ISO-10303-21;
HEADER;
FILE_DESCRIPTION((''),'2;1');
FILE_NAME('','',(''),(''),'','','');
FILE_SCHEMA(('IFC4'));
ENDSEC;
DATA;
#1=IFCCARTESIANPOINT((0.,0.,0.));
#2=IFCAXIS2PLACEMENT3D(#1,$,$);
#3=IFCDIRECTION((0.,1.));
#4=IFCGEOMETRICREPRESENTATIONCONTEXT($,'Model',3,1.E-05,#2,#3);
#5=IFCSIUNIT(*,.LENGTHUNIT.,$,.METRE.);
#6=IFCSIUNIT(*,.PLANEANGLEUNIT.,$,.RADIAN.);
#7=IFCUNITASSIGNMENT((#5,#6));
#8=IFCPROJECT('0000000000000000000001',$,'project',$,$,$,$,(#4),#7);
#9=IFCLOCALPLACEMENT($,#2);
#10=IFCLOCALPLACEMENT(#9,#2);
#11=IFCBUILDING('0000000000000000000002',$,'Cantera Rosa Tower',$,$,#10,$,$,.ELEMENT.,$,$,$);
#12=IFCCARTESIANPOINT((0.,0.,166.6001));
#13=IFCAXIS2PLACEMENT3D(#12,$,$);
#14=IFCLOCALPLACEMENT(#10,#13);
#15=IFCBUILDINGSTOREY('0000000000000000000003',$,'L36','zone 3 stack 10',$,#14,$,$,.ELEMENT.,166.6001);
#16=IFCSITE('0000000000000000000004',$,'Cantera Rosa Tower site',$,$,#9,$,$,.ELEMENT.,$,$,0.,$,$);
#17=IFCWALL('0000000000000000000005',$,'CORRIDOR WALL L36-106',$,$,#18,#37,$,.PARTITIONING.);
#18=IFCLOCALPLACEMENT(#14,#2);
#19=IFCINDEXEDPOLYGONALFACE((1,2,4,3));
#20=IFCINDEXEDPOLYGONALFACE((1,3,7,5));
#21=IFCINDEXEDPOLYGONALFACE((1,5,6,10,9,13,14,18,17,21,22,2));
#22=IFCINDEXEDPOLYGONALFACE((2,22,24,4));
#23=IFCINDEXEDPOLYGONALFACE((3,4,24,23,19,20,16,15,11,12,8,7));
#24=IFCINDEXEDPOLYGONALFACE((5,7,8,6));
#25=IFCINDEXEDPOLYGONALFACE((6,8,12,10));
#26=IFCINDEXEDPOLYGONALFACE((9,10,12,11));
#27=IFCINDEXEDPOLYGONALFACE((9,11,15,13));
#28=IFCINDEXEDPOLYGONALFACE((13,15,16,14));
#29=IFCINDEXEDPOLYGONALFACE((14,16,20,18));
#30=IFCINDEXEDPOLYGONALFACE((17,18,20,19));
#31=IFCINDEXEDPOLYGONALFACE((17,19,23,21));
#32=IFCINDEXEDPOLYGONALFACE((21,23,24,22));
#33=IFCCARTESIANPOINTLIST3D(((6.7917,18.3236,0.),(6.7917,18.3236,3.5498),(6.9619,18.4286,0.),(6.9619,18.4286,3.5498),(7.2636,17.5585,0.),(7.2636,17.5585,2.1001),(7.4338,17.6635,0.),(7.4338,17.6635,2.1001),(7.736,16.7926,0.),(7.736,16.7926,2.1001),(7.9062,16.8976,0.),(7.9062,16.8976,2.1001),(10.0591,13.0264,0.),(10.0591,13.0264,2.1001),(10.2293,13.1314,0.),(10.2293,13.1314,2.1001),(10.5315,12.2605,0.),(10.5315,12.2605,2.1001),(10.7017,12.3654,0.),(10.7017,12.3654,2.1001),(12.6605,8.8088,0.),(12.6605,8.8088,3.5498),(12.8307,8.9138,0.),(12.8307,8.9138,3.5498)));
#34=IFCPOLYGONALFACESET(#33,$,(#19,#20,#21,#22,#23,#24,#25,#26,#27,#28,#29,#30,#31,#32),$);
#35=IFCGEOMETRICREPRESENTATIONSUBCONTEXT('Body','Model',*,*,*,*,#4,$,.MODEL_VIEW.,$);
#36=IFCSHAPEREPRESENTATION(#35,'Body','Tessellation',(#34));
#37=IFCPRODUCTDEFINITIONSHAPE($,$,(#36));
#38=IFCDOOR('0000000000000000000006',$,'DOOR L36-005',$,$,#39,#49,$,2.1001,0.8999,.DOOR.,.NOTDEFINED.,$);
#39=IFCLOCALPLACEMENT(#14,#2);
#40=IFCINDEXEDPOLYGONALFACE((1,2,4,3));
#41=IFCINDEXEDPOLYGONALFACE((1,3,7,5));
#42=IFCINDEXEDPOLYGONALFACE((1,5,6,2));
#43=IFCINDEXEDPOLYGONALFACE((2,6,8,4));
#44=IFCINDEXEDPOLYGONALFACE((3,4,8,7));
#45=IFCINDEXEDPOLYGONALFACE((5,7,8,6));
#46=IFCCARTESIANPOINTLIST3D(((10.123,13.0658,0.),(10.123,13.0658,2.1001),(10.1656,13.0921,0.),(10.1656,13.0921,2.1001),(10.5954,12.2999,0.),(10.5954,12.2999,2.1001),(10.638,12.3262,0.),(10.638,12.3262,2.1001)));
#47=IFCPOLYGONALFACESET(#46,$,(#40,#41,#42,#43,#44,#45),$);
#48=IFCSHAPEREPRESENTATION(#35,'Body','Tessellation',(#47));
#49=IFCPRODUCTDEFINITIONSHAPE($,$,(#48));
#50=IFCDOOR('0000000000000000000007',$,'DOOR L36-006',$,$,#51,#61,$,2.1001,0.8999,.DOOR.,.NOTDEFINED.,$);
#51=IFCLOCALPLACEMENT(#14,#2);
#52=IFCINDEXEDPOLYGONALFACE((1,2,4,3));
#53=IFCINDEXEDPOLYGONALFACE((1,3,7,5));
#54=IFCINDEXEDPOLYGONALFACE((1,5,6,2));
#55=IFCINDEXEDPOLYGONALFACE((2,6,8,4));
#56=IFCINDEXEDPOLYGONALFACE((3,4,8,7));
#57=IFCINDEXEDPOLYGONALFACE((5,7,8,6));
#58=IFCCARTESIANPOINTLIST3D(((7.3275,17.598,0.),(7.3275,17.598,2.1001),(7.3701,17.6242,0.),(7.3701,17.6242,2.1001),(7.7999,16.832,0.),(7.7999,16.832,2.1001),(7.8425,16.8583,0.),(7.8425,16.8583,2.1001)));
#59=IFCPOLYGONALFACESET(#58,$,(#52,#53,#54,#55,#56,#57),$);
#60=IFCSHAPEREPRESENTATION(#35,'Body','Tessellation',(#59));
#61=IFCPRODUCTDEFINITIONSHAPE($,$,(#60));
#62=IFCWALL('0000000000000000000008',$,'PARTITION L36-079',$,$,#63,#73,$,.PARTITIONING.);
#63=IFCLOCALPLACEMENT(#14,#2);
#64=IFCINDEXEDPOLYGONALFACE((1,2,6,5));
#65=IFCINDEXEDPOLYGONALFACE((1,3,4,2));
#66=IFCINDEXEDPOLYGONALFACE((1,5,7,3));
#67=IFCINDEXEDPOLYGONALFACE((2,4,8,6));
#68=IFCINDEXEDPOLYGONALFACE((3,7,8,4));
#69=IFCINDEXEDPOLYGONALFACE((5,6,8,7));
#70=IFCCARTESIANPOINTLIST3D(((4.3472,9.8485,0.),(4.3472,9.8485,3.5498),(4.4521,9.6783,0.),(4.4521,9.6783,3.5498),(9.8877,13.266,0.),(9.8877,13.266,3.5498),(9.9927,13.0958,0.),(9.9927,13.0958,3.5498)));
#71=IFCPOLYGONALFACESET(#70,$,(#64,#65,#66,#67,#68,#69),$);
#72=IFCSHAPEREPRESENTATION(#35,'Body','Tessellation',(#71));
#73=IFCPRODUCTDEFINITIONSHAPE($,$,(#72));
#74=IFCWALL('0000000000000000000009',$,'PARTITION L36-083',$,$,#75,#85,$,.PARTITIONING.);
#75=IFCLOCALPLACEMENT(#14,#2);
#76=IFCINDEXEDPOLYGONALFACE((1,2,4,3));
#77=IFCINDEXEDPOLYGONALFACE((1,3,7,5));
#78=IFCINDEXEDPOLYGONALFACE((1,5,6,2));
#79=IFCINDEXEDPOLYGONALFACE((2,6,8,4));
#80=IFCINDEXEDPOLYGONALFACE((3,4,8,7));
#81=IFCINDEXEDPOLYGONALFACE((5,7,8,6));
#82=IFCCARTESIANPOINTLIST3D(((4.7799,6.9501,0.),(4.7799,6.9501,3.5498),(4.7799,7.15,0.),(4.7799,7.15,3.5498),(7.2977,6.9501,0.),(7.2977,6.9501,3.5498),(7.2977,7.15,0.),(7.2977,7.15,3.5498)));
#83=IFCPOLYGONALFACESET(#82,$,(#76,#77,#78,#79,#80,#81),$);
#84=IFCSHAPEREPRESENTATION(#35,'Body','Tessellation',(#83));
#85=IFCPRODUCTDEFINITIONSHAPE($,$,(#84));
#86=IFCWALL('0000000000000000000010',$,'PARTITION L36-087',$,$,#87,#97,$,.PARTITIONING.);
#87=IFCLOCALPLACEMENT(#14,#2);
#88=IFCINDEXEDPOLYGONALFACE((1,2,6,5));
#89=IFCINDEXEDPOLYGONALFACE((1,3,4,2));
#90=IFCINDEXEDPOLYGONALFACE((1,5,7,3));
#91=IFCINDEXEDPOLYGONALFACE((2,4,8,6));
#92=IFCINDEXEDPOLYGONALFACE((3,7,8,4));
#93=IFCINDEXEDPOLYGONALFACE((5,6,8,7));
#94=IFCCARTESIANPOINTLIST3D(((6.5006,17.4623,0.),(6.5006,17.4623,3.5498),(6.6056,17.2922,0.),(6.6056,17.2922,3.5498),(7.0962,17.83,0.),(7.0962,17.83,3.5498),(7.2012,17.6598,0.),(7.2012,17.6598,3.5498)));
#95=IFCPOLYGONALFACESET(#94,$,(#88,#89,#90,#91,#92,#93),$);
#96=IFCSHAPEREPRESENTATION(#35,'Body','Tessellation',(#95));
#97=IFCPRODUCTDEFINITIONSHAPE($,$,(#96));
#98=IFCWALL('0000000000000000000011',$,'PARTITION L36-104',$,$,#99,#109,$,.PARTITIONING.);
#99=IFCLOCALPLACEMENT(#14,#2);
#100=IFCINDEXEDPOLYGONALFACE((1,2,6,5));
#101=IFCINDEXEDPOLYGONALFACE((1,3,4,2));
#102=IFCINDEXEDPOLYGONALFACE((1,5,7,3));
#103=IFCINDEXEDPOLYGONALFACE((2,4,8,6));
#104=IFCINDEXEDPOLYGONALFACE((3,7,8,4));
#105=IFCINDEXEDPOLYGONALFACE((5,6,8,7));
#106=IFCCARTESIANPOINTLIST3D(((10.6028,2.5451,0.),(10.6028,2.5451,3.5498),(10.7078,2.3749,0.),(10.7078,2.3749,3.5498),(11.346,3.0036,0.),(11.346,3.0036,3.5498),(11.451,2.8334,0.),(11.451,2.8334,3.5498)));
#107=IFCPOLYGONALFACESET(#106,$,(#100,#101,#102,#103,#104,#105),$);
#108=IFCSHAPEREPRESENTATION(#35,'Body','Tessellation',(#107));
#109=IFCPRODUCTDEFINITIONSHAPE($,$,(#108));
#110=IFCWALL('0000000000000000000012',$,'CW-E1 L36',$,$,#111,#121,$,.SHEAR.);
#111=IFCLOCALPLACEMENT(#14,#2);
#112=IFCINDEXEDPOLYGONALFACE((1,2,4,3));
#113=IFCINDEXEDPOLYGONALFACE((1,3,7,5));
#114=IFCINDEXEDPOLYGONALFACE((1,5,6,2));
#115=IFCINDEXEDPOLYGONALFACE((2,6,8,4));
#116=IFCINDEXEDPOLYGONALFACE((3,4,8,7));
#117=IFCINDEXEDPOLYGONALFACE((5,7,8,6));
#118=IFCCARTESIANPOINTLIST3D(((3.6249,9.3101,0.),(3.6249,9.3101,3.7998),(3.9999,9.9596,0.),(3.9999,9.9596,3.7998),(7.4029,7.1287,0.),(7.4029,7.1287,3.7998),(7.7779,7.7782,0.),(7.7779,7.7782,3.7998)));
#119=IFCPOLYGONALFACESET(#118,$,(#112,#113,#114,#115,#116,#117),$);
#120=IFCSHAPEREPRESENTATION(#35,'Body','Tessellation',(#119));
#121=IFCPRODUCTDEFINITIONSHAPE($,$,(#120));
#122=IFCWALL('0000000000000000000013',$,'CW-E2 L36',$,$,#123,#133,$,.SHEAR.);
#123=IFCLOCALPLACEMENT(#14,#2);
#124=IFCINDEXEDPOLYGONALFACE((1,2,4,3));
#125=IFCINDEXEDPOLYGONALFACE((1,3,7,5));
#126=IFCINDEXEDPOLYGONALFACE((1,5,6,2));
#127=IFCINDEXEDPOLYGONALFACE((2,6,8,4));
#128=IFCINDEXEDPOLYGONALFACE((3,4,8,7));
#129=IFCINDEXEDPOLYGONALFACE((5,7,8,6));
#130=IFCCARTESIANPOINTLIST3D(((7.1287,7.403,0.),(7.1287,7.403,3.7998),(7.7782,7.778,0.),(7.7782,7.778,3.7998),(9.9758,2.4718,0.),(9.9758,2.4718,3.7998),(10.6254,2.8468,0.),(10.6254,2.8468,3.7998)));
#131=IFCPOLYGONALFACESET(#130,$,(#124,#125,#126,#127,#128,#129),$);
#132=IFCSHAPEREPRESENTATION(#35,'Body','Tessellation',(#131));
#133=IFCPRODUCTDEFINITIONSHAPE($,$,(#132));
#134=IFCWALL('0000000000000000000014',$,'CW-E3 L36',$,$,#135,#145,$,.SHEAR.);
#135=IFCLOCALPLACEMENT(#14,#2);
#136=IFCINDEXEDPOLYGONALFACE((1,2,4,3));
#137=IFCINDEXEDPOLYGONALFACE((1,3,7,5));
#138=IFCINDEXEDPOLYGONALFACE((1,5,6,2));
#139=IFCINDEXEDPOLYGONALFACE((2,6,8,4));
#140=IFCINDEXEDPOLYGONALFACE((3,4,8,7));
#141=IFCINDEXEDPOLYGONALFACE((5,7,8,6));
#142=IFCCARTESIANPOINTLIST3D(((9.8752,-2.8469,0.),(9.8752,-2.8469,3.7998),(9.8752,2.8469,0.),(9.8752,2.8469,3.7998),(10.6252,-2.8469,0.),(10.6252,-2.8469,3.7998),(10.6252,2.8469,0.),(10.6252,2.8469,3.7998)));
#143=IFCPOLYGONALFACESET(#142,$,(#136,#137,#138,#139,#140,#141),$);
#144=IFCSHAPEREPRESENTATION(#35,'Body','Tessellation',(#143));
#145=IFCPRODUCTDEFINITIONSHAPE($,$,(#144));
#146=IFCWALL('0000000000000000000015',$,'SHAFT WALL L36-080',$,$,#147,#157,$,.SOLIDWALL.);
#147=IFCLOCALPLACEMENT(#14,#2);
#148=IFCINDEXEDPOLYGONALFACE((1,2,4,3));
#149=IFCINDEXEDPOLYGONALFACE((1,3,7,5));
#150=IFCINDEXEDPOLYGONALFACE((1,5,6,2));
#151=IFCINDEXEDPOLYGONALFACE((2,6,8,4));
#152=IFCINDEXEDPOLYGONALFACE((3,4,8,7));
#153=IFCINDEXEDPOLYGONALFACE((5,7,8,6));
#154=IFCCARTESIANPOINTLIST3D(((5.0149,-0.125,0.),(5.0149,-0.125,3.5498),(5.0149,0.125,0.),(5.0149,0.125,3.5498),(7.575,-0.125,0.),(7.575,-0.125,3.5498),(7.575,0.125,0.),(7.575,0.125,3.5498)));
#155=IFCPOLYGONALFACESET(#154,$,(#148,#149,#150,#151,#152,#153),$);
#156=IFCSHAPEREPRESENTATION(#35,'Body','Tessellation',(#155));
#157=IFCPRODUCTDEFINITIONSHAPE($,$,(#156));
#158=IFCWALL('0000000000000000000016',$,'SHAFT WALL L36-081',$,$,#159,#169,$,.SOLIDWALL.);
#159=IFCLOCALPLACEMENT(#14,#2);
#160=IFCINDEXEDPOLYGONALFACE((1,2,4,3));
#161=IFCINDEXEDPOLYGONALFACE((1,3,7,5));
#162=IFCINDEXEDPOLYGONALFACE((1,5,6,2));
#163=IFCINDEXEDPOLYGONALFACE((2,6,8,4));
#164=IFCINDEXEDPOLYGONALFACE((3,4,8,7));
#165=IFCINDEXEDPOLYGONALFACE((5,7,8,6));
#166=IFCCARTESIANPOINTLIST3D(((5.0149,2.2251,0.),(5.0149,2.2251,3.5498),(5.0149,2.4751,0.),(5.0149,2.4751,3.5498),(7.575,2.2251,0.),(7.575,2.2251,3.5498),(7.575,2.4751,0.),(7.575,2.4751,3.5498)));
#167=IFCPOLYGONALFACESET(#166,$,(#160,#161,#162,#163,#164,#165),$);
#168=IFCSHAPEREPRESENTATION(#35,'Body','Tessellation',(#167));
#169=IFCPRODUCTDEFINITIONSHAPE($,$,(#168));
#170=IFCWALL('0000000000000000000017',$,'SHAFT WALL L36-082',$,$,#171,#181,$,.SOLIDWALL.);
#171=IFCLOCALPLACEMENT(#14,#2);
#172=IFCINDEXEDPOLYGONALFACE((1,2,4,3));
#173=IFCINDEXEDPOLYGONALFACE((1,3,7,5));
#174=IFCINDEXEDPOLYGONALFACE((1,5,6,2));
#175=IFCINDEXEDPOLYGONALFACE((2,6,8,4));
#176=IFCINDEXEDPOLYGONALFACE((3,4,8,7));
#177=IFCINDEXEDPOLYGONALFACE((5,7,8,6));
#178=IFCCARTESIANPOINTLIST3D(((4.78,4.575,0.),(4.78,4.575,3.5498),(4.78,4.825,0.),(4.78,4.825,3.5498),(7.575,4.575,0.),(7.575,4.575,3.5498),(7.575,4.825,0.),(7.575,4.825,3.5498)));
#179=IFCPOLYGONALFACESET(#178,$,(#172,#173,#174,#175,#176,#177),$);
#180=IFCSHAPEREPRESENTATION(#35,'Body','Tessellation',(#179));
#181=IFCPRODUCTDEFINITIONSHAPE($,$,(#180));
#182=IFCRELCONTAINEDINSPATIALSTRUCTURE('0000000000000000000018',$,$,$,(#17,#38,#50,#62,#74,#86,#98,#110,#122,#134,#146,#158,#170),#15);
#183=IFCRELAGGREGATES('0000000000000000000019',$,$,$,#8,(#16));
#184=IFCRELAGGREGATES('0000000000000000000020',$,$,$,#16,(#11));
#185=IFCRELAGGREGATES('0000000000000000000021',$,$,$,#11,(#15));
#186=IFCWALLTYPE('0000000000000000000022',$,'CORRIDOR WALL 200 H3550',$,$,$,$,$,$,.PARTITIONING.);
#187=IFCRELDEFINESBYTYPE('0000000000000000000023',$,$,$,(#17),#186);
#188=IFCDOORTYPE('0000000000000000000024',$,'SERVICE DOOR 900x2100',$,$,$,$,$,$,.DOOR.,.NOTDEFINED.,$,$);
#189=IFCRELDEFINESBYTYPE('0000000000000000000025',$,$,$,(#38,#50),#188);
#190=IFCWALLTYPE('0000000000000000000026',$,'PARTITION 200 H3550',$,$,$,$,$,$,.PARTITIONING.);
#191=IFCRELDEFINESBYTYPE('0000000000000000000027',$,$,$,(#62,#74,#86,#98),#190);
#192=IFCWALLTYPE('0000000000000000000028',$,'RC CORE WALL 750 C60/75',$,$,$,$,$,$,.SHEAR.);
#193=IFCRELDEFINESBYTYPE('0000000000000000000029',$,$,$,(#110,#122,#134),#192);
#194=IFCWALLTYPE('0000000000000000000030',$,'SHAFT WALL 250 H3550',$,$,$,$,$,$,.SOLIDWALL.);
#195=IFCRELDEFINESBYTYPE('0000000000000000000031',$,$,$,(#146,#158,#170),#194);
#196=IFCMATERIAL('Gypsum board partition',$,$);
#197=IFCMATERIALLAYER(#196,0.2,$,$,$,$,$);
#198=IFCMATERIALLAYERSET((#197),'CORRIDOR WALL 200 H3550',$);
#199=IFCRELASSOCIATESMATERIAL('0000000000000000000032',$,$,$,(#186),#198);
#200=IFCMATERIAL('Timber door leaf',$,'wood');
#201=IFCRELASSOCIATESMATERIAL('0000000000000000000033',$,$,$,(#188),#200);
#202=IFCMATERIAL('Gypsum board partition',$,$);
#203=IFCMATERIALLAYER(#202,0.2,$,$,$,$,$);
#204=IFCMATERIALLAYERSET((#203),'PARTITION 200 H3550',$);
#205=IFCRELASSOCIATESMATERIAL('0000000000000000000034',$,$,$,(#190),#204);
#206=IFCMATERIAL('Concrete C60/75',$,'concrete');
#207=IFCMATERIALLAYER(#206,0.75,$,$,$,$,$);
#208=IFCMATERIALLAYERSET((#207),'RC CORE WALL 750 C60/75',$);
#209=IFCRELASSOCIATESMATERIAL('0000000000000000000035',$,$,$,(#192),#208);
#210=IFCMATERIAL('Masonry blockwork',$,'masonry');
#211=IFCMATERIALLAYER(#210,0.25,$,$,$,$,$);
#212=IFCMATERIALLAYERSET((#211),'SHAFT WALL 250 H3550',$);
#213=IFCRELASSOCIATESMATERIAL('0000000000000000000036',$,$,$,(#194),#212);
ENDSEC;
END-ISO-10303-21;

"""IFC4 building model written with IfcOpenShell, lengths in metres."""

from ifc_helpers import new_model, si_unit, direction, frame, frame_2d, origin, place, context, subcontext, project, spatial, rectangle, extrude, material, layer, layer_set, type_object, element, fill, save


model = new_model("IFC4")

# Units and contexts
model_context = context("Model", 3, precision=1e-05, world=origin(), true_north=direction((0.0, 1.0)))
body_context = subcontext(model_context, "Body", "Model", "MODEL_VIEW")
ifc_project = project(units=[si_unit("LENGTHUNIT", "METRE"), si_unit("PLANEANGLEUNIT", "RADIAN")], contexts=[model_context])

# Site, building, storey
site_placement = place(None, origin())
site = spatial("IfcSite", under=ifc_project, at=site_placement, Name="Cantera Rosa Tower site", CompositionType="ELEMENT", RefElevation=0.0)
building_placement = place(site_placement, origin())
building = spatial("IfcBuilding", under=site, at=building_placement, Name="Cantera Rosa Tower", CompositionType="ELEMENT")
storey_placement = place(building_placement, frame((0.0, 0.0, 166.6001)))
storey = spatial("IfcBuildingStorey", under=building, at=storey_placement, Name="L36", Description="zone 3 stack 10", CompositionType="ELEMENT", Elevation=166.6001)

# Shared definitions
ifc_material_1 = material(Name="Gypsum board partition")
ifc_layer_1 = layer(ifc_material_1, 0.2)
ifc_layer_set_1 = layer_set([ifc_layer_1], Name="CORRIDOR WALL 200 H3550")
wall_type_1 = type_object("IfcWallType", Name="CORRIDOR WALL 200 H3550", PredefinedType="PARTITIONING", material=ifc_layer_set_1)

# Wall, openings, doors
wall_1_placement = place(storey_placement, frame((12.7456, 8.8613, 0.0), z_axis=(0.0, 0.0, 1.0), x_axis=(-0.524978, 0.851116, 0.0)))
wall_1 = element("IfcWall", 1, at=wall_1_placement, inside=storey, type_object=wall_type_1, Name="CORRIDOR WALL L36-106", PredefinedType="PARTITIONING", context=body_context, shape_type="SweptSolid", body=[
    extrude(rectangle(XDim=11.1792, YDim=0.2, at=frame_2d((5.5896, 0.0))), origin(), (0.0, 0.0, 1.0), 3.5498),
])
opening_1_placement = place(wall_1_placement, frame((4.0554, 0.0, 0.0)))
opening_1 = element("IfcOpeningElement", 2, at=opening_1_placement, cuts=wall_1, PredefinedType="OPENING", context=body_context, shape_type="SweptSolid", body=[
    extrude(rectangle(XDim=0.8999, YDim=2.1001, at=frame_2d((0.45, 1.05))), frame((0.0, 0.1099, 0.0), z_axis=(0.0, -1.0, 0.0), x_axis=(1.0, 0.0, 0.0)), (0.0, 0.0, 1.0), 0.22),
])
opening_2_placement = place(wall_1_placement, frame((9.3804, 0.0, 0.0)))
opening_2 = element("IfcOpeningElement", 3, at=opening_2_placement, cuts=wall_1, PredefinedType="OPENING", context=body_context, shape_type="SweptSolid", body=[
    extrude(rectangle(XDim=0.8999, YDim=2.1001, at=frame_2d((0.45, 1.05))), frame((0.0, 0.1099, 0.0), z_axis=(0.0, -1.0, 0.0), x_axis=(1.0, 0.0, 0.0)), (0.0, 0.0, 1.0), 0.22),
])
ifc_material_2 = material(Name="Timber door leaf", Category="wood")
door_type_1 = type_object("IfcDoorType", Name="SERVICE DOOR 900x2100", OperationType="NOTDEFINED", PredefinedType="DOOR", material=ifc_material_2)
door_1_placement = place(opening_1_placement, origin())
door_1 = element("IfcDoor", 4, at=door_1_placement, inside=storey, type_object=door_type_1, Name="DOOR L36-005", OperationType="NOTDEFINED", OverallHeight=2.1001, OverallWidth=0.8999, PredefinedType="DOOR", context=body_context, shape_type="SweptSolid", body=[
    extrude(rectangle(XDim=0.8999, YDim=2.1001, at=frame_2d((0.45, 1.05))), frame((0.0, 0.0249, 0.0), z_axis=(0.0, -1.0, 0.0), x_axis=(1.0, 0.0, 0.0)), (0.0, 0.0, 1.0), 0.05),
])
fill(opening_1, door_1)
door_2_placement = place(opening_2_placement, origin())
door_2 = element("IfcDoor", 5, at=door_2_placement, inside=storey, type_object=door_type_1, Name="DOOR L36-006", OperationType="NOTDEFINED", OverallHeight=2.1001, OverallWidth=0.8999, PredefinedType="DOOR", context=body_context, shape_type="SweptSolid", body=[
    extrude(rectangle(XDim=0.8999, YDim=2.1001, at=frame_2d((0.45, 1.05))), frame((0.0, 0.0249, 0.0), z_axis=(0.0, -1.0, 0.0), x_axis=(1.0, 0.0, 0.0)), (0.0, 0.0, 1.0), 0.05),
])
fill(opening_2, door_2)

# Walls
ifc_material_3 = material(Name="Gypsum board partition")
ifc_layer_2 = layer(ifc_material_3, 0.2)
ifc_layer_set_2 = layer_set([ifc_layer_2], Name="PARTITION 200 H3550")
wall_type_2 = type_object("IfcWallType", Name="PARTITION 200 H3550", PredefinedType="PARTITIONING", material=ifc_layer_set_2)
wall_2_placement = place(storey_placement, frame((4.3997, 9.7634, 0.0), z_axis=(0.0, 0.0, 1.0), x_axis=(0.851114, 0.52498, 0.0)))
element("IfcWall", 6, at=wall_2_placement, inside=storey, type_object=wall_type_2, Name="PARTITION L36-079", PredefinedType="PARTITIONING", context=body_context, shape_type="SweptSolid", body=[
    extrude(rectangle(XDim=6.5098, YDim=0.2, at=frame_2d((3.2549, 0.0))), origin(), (0.0, 0.0, 1.0), 3.5498),
])
wall_3_placement = place(storey_placement, frame((4.78, 7.05, 0.0), z_axis=(0.0, 0.0, 1.0), x_axis=(1.0, 0.0, 0.0)))
element("IfcWall", 7, at=wall_3_placement, inside=storey, type_object=wall_type_2, Name="PARTITION L36-083", PredefinedType="PARTITIONING", context=body_context, shape_type="SweptSolid", body=[
    extrude(rectangle(XDim=2.5178, YDim=0.2, at=frame_2d((1.2588, 0.0))), origin(), (0.0, 0.0, 1.0), 3.5498),
])
wall_4_placement = place(storey_placement, frame((6.553, 17.3772, 0.0), z_axis=(0.0, 0.0, 1.0), x_axis=(0.850963, 0.525226, 0.0)))
element("IfcWall", 8, at=wall_4_placement, inside=storey, type_object=wall_type_2, Name="PARTITION L36-087", PredefinedType="PARTITIONING", context=body_context, shape_type="SweptSolid", body=[
    extrude(rectangle(XDim=0.7, YDim=0.2, at=frame_2d((0.3501, 0.0))), origin(), (0.0, 0.0, 1.0), 3.5498),
])
wall_5_placement = place(storey_placement, frame((11.3984, 2.9185, 0.0), z_axis=(0.0, 0.0, 1.0), x_axis=(-0.851063, -0.525064, 0.0)))
element("IfcWall", 9, at=wall_5_placement, inside=storey, type_object=wall_type_2, Name="PARTITION L36-104", PredefinedType="PARTITIONING", context=body_context, shape_type="SweptSolid", body=[
    extrude(rectangle(XDim=0.8733, YDim=0.2, at=frame_2d((0.4365, 0.0))), origin(), (0.0, 0.0, 1.0), 3.5498),
])
ifc_material_4 = material(Name="Concrete C60/75", Category="concrete")
ifc_layer_3 = layer(ifc_material_4, 0.75)
ifc_layer_set_3 = layer_set([ifc_layer_3], Name="RC CORE WALL 750 C60/75")
wall_type_3 = type_object("IfcWallType", Name="RC CORE WALL 750 C60/75", PredefinedType="SHEAR", material=ifc_layer_set_3)
wall_6_placement = place(storey_placement, frame((3.8125, 9.6348, 0.0), z_axis=(0.0, 0.0, 1.0), x_axis=(0.866013, -0.500021, 0.0)))
element("IfcWall", 10, at=wall_6_placement, inside=storey, type_object=wall_type_3, Name="CW-E1 L36", PredefinedType="SHEAR", context=body_context, shape_type="SweptSolid", body=[
    extrude(rectangle(XDim=4.3625, YDim=0.75, at=frame_2d((2.1812, 0.0))), origin(), (0.0, 0.0, 1.0), 3.7998),
])
wall_7_placement = place(storey_placement, frame((7.4534, 7.5906, 0.0), z_axis=(0.0, 0.0, 1.0), x_axis=(0.500022, -0.866013, 0.0)))
element("IfcWall", 11, at=wall_7_placement, inside=storey, type_object=wall_type_3, Name="CW-E2 L36", PredefinedType="SHEAR", context=body_context, shape_type="SweptSolid", body=[
    extrude(rectangle(XDim=5.6941, YDim=0.75, at=frame_2d((2.8472, 0.0))), origin(), (0.0, 0.0, 1.0), 3.7998),
])
wall_8_placement = place(storey_placement, frame((10.2502, 2.8469, 0.0), z_axis=(0.0, 0.0, 1.0), x_axis=(0.0, -1.0, 0.0)))
element("IfcWall", 12, at=wall_8_placement, inside=storey, type_object=wall_type_3, Name="CW-E3 L36", PredefinedType="SHEAR", context=body_context, shape_type="SweptSolid", body=[
    extrude(rectangle(XDim=5.6938, YDim=0.75, at=frame_2d((2.8469, 0.0))), origin(), (0.0, 0.0, 1.0), 3.7998),
])
ifc_material_5 = material(Name="Masonry blockwork", Category="masonry")
ifc_layer_4 = layer(ifc_material_5, 0.25)
ifc_layer_set_4 = layer_set([ifc_layer_4], Name="SHAFT WALL 250 H3550")
wall_type_4 = type_object("IfcWallType", Name="SHAFT WALL 250 H3550", PredefinedType="SOLIDWALL", material=ifc_layer_set_4)
for number, where, z_axis, x_axis, name in (
    (13, (5.0149, 0.0, 0.0), (0.0, 0.0, 1.0), (1.0, 0.0, 0.0), "SHAFT WALL L36-080"),
    (14, (5.0149, 2.3501, 0.0), (0.0, 0.0, 1.0), (1.0, 0.0, 0.0), "SHAFT WALL L36-081"),
):
    element("IfcWall", number, at=place(storey_placement, frame(where, z_axis=z_axis, x_axis=x_axis)), inside=storey, type_object=wall_type_4, Name=name, PredefinedType="SOLIDWALL", context=body_context, shape_type="SweptSolid", body=[
        extrude(rectangle(XDim=2.5601, YDim=0.25, at=frame_2d((1.28, 0.0))), origin(), (0.0, 0.0, 1.0), 3.5498),
    ])
wall_9_placement = place(storey_placement, frame((4.78, 4.7, 0.0), z_axis=(0.0, 0.0, 1.0), x_axis=(1.0, 0.0, 0.0)))
element("IfcWall", 15, at=wall_9_placement, inside=storey, type_object=wall_type_4, Name="SHAFT WALL L36-082", PredefinedType="SOLIDWALL", context=body_context, shape_type="SweptSolid", body=[
    extrude(rectangle(XDim=2.7949, YDim=0.25, at=frame_2d((1.3975, 0.0))), origin(), (0.0, 0.0, 1.0), 3.5498),
])

save(model, "model.ifc")
